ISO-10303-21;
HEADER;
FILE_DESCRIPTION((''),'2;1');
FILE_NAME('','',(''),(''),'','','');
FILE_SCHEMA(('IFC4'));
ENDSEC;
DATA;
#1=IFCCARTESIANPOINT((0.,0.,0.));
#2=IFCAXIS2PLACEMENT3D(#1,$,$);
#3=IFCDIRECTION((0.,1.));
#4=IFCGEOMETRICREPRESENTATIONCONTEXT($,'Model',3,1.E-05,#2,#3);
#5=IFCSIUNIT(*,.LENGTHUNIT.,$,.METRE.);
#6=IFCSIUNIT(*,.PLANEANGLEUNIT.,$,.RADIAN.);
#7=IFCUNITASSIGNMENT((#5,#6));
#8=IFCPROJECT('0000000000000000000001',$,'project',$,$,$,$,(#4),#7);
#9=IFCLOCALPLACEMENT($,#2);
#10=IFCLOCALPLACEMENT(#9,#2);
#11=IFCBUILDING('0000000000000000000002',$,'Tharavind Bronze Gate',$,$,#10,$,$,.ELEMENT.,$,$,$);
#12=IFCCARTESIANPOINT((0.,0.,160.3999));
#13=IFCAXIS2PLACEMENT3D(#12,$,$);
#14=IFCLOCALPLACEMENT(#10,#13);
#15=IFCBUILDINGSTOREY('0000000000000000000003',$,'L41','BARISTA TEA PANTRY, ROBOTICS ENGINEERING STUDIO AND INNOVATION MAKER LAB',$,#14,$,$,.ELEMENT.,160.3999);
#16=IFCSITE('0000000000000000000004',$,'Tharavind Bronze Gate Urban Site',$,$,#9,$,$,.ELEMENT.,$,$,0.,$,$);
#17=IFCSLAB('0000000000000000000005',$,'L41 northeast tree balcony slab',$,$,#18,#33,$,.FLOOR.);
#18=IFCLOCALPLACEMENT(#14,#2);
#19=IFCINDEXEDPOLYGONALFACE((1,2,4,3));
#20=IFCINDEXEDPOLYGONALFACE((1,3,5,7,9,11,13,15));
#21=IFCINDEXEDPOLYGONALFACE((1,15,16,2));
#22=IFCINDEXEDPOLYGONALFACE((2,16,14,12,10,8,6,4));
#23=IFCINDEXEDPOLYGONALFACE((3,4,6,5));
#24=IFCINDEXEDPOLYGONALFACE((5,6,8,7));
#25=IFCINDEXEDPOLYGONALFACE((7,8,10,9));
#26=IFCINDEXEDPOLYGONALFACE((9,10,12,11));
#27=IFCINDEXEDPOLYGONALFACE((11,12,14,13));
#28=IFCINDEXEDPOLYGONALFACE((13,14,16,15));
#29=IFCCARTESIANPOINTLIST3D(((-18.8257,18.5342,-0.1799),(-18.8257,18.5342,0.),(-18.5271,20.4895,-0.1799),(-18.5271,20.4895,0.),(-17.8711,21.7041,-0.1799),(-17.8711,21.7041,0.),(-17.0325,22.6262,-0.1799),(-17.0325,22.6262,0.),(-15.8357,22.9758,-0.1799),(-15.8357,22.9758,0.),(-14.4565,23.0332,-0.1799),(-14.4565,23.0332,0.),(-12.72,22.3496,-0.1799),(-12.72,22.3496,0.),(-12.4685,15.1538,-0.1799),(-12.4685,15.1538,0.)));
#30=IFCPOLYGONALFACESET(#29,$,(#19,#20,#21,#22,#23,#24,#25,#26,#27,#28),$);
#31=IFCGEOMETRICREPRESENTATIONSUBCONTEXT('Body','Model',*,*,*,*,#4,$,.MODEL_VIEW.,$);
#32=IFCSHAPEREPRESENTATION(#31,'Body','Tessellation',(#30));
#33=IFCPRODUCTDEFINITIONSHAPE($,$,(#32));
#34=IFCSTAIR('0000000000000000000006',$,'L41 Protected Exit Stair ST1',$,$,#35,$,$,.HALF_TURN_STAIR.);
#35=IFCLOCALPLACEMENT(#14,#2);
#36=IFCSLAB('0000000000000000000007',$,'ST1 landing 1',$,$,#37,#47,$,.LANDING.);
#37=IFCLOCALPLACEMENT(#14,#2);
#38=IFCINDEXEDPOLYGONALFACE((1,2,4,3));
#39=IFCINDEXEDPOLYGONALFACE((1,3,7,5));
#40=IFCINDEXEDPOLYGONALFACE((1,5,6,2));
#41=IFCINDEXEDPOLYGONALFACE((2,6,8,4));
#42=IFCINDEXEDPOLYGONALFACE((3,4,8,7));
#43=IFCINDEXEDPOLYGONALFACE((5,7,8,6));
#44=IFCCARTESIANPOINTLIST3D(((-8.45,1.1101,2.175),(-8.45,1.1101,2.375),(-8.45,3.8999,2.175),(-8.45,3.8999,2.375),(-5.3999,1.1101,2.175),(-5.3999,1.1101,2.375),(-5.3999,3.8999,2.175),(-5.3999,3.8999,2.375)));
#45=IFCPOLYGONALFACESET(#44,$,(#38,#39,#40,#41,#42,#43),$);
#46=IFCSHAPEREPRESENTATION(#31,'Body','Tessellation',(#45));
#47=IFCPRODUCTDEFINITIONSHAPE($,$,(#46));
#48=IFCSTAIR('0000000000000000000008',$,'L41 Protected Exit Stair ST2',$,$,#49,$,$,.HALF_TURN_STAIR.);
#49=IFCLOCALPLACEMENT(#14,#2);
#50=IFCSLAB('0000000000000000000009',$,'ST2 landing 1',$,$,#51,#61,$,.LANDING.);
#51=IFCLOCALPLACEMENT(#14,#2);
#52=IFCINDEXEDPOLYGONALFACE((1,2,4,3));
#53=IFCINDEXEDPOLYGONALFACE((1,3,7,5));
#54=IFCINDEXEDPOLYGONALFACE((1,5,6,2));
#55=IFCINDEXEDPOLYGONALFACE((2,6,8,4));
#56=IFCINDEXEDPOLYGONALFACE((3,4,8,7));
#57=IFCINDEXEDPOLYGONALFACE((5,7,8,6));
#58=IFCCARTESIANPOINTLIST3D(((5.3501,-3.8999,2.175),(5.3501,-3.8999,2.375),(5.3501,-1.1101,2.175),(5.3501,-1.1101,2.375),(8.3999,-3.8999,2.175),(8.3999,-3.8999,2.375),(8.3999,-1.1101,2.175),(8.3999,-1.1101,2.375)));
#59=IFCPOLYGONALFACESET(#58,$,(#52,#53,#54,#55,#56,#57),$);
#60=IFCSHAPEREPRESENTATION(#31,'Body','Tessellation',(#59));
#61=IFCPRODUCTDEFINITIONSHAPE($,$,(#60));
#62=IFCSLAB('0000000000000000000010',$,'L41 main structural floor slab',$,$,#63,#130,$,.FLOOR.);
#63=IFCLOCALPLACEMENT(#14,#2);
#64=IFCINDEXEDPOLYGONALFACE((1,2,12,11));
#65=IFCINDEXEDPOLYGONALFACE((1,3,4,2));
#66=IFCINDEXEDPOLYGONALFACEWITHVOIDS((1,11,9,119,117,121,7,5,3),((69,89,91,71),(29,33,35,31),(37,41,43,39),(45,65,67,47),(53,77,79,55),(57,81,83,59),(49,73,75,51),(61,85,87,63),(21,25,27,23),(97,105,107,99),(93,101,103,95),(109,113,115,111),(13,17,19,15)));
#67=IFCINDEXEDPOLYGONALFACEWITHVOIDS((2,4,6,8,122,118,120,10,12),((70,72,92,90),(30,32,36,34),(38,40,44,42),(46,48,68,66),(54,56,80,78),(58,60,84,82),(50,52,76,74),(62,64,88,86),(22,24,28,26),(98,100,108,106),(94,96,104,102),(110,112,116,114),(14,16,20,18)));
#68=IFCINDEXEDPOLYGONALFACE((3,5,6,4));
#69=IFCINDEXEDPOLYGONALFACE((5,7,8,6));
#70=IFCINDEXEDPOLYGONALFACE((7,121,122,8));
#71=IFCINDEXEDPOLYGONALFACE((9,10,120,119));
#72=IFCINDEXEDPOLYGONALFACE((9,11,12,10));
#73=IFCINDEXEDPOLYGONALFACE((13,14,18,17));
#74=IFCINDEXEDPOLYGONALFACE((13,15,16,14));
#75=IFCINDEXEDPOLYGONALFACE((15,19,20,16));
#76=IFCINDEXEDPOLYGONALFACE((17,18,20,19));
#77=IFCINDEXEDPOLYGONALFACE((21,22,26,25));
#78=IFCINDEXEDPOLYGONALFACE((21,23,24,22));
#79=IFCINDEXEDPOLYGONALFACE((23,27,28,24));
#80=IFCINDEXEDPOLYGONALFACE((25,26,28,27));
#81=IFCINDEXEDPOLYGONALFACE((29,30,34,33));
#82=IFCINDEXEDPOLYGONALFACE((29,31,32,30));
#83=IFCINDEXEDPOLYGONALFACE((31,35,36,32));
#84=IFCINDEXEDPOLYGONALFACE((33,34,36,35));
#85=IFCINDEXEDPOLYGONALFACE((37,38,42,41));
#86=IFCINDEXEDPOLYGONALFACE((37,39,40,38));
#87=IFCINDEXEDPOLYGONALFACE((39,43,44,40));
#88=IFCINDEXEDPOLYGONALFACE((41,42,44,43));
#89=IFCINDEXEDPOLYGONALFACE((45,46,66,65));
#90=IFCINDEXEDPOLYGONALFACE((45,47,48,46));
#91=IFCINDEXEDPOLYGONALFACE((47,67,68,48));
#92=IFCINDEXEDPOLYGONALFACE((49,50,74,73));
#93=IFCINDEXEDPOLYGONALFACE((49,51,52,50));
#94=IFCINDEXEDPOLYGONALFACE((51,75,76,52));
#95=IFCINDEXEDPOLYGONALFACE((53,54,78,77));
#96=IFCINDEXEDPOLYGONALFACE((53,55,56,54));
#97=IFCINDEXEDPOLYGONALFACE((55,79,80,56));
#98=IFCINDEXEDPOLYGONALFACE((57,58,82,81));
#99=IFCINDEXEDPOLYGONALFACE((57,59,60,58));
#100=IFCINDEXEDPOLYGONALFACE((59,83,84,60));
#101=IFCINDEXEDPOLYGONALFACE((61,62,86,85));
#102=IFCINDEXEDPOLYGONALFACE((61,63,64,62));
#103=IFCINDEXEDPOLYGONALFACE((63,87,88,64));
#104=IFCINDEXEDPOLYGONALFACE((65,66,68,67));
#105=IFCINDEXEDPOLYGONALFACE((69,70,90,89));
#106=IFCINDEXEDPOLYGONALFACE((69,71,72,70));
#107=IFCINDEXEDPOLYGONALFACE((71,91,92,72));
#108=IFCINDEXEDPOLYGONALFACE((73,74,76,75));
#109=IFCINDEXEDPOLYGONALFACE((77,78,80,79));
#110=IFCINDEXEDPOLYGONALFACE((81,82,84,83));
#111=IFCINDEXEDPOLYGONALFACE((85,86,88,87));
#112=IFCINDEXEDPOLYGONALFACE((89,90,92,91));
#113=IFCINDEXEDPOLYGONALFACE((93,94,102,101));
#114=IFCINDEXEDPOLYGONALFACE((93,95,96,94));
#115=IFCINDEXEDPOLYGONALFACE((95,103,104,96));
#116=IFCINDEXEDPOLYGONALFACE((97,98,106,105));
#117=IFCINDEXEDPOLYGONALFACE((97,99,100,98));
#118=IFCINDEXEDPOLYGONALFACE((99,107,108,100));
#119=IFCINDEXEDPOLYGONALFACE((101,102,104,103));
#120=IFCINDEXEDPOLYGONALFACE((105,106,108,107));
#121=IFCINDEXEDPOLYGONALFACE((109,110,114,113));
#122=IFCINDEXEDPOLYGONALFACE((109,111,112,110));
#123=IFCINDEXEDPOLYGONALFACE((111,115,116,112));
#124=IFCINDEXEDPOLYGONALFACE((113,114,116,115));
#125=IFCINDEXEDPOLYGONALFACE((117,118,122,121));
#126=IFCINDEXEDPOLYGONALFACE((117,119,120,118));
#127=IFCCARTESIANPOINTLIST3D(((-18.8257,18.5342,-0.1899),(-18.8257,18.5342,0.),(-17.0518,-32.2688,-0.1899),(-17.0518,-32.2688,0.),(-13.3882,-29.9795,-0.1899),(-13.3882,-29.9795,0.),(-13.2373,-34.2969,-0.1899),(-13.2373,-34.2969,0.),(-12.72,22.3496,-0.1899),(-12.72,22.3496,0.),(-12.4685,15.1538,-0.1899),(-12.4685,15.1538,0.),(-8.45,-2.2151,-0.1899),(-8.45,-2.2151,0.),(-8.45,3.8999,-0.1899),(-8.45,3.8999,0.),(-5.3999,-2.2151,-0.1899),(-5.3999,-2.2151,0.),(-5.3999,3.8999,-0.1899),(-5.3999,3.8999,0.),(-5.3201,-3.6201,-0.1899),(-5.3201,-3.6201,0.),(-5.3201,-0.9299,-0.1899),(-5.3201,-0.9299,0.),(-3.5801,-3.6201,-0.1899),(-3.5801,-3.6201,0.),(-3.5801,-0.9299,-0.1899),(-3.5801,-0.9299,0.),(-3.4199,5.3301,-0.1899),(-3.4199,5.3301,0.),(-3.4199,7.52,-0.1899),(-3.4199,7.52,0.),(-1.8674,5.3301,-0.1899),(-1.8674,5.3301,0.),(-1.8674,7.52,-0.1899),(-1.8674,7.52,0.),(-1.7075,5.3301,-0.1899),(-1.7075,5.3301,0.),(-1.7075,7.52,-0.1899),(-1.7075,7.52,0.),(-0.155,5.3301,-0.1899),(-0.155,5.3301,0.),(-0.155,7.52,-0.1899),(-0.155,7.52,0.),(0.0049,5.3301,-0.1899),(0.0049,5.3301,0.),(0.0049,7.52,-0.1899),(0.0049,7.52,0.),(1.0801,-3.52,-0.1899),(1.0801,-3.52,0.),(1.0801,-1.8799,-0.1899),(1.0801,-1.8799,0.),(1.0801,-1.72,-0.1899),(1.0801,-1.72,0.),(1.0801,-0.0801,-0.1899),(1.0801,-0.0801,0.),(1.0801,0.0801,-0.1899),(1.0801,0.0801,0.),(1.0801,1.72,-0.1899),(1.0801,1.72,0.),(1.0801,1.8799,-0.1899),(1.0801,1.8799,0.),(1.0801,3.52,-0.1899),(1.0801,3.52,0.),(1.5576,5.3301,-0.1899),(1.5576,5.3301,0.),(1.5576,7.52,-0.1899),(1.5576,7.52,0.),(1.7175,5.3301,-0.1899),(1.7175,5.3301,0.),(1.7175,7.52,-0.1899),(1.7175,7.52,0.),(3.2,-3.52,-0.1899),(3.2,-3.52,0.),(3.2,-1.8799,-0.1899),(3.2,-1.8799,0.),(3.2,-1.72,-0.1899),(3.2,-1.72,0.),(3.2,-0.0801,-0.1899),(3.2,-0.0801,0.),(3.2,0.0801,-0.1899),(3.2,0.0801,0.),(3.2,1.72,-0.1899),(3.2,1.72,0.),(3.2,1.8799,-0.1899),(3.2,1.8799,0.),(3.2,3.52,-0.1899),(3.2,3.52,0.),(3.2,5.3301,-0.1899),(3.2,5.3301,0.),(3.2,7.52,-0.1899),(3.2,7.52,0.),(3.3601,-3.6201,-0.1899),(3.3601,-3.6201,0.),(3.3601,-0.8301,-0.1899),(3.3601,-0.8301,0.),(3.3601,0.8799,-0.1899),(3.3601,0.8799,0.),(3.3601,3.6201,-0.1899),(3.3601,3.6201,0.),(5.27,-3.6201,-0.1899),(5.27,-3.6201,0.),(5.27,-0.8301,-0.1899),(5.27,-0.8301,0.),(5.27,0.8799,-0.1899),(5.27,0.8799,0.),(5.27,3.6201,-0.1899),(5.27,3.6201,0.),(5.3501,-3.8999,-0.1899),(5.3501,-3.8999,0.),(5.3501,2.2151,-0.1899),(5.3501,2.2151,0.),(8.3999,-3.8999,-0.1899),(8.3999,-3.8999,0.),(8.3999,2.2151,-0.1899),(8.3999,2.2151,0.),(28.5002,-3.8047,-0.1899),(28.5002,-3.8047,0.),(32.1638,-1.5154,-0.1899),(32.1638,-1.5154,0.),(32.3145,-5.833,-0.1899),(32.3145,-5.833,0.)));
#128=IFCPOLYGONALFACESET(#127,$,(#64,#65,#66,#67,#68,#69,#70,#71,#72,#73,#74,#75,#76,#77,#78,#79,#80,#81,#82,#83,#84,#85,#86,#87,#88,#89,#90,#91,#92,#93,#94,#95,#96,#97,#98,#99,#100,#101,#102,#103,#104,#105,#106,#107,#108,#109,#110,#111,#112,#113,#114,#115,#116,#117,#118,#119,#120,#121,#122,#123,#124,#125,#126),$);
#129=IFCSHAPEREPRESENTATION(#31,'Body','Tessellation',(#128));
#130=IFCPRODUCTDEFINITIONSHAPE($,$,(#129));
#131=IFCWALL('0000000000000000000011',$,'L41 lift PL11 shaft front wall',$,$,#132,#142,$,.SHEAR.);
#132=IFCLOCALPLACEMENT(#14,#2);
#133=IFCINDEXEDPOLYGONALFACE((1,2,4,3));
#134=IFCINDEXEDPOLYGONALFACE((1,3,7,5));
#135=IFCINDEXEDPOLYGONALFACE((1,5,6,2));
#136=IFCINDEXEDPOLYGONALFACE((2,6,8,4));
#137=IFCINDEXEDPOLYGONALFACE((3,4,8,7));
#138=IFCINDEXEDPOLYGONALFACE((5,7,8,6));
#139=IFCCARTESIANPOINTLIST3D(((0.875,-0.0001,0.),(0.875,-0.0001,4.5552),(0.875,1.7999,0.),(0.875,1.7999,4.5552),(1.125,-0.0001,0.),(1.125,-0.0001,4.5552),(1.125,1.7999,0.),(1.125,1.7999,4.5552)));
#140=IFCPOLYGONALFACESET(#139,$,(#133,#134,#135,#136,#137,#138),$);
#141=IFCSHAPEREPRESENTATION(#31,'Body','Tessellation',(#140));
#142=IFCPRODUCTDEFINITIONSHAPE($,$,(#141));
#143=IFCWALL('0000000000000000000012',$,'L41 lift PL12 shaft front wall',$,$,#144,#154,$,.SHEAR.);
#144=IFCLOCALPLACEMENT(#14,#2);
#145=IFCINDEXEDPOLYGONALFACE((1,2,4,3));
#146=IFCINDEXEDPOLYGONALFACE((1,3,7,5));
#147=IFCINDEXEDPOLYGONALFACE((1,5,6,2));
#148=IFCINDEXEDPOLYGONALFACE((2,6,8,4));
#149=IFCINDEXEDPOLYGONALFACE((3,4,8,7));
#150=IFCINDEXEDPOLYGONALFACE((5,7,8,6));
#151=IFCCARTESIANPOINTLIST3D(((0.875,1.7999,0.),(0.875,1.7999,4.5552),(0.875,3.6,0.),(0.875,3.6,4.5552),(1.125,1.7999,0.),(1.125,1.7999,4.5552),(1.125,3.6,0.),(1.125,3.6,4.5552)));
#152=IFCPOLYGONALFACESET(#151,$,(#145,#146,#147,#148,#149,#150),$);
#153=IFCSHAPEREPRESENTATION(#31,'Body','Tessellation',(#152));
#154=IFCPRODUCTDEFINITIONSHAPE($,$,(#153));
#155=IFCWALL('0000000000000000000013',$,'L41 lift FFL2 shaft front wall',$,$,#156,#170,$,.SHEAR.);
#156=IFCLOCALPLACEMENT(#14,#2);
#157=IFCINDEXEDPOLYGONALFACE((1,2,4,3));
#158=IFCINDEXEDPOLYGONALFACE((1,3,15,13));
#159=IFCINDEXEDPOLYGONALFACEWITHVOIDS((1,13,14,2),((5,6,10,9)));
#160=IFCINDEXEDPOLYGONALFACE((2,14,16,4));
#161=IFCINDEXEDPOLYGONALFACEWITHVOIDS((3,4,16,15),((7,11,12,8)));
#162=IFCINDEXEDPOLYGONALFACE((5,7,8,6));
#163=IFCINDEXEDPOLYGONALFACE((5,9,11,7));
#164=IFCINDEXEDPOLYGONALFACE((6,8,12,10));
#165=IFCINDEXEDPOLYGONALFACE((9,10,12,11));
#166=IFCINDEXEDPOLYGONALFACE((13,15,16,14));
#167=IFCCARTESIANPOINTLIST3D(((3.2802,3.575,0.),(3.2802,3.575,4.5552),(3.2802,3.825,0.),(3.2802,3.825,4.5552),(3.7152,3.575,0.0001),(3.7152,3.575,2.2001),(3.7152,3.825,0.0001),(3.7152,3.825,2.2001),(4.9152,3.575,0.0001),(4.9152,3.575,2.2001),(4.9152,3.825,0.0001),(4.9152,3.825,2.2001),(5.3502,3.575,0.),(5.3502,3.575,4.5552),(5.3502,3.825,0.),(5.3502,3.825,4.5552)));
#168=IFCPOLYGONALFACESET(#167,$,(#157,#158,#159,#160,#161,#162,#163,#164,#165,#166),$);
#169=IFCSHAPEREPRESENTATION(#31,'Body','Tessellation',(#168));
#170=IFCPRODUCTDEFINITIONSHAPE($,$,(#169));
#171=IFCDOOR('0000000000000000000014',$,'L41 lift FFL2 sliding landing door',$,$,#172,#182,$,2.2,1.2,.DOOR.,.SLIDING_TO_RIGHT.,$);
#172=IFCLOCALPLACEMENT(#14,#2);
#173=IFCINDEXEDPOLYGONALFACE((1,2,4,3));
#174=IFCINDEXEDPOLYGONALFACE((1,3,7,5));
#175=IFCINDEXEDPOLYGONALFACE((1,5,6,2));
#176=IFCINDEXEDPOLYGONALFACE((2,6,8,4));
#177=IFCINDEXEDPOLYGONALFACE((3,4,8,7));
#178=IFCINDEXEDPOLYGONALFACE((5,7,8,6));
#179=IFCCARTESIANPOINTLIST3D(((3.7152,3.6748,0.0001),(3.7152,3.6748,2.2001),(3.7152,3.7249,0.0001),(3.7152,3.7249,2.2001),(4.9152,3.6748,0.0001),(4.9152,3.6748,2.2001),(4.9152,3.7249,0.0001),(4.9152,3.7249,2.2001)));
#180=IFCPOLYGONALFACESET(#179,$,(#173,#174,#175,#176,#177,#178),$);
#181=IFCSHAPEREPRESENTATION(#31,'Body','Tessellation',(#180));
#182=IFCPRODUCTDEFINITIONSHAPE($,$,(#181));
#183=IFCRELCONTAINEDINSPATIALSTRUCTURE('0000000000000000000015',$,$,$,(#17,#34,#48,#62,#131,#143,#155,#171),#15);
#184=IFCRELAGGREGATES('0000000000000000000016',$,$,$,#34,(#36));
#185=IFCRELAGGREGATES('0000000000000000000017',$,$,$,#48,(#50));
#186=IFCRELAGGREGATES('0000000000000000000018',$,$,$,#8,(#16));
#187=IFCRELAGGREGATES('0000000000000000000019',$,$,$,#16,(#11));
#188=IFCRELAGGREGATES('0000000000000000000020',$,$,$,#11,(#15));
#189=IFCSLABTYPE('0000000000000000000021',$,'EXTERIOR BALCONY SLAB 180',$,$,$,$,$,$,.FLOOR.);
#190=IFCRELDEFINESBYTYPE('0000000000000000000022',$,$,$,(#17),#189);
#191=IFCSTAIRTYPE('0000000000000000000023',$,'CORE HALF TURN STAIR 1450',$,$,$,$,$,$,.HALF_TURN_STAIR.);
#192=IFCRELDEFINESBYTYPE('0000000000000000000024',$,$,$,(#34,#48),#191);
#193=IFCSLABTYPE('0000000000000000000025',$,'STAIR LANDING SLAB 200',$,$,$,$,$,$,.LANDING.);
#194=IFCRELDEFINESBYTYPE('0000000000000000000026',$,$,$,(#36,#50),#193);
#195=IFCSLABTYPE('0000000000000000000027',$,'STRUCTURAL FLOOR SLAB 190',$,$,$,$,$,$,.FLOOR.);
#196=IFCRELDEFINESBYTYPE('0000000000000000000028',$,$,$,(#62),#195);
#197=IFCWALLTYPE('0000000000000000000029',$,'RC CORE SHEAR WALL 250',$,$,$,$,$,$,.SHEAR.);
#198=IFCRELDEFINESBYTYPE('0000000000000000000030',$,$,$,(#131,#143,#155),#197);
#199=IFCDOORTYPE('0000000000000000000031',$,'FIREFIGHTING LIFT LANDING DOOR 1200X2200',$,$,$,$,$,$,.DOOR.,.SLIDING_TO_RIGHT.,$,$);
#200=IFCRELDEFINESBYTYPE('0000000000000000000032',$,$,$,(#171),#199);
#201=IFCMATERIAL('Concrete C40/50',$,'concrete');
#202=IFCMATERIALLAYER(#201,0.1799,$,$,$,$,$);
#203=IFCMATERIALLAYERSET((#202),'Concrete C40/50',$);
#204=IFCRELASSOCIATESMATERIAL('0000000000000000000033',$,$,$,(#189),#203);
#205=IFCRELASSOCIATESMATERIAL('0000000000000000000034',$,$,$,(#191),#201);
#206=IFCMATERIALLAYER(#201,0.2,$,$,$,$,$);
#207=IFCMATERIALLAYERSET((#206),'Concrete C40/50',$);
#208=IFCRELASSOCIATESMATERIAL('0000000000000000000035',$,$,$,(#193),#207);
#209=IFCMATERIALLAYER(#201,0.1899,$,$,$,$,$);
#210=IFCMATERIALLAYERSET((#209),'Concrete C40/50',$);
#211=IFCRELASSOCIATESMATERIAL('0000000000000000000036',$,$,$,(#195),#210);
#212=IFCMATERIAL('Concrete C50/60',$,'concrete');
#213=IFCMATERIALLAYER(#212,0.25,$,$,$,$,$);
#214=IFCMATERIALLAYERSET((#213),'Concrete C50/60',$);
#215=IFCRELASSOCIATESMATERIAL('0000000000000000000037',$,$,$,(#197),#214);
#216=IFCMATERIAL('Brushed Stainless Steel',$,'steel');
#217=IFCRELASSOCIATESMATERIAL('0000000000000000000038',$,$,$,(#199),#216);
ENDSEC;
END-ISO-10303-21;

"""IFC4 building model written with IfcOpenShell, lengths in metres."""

from ifc_helpers import new_model, si_unit, direction, frame, frame_2d, origin, place, context, subcontext, project, spatial, polyline, rectangle, outline, extrude, material, layer, layer_set, type_object, element, fill, aggregate, save


model = new_model("IFC4")

# Units and contexts
model_context = context("Model", 3, precision=1e-05, world=origin(), true_north=direction((0.0, 1.0)))
body_context = subcontext(model_context, "Body", "Model", "MODEL_VIEW")
ifc_project = project(units=[si_unit("LENGTHUNIT", "METRE"), si_unit("PLANEANGLEUNIT", "RADIAN")], contexts=[model_context])

# Site, building, storey
site_placement = place(None, origin())
site = spatial("IfcSite", under=ifc_project, at=site_placement, Name="Tharavind Bronze Gate Urban Site", CompositionType="ELEMENT", RefElevation=0.0)
building_placement = place(site_placement, origin())
building = spatial("IfcBuilding", under=site, at=building_placement, Name="Tharavind Bronze Gate", CompositionType="ELEMENT")
storey_placement = place(building_placement, frame((0.0, 0.0, 160.3999)))
storey = spatial("IfcBuildingStorey", under=building, at=storey_placement, Name="L41", Description="BARISTA TEA PANTRY, ROBOTICS ENGINEERING STUDIO AND INNOVATION MAKER LAB", CompositionType="ELEMENT", Elevation=160.3999)

# Slab
ifc_material_1 = material(Name="Concrete C40/50", Category="concrete")
ifc_layer_1 = layer(ifc_material_1, 0.1799)
ifc_layer_set_1 = layer_set([ifc_layer_1], Name="Concrete C40/50")
slab_type_1 = type_object("IfcSlabType", Name="EXTERIOR BALCONY SLAB 180", PredefinedType="FLOOR", material=ifc_layer_set_1)
slab_1_placement = place(storey_placement, frame((0.0, 0.0, -0.1799)))
element("IfcSlab", 1, at=slab_1_placement, inside=storey, type_object=slab_type_1, Name="L41 northeast tree balcony slab", PredefinedType="FLOOR", context=body_context, shape_type="SweptSolid", body=[
    extrude(outline(polyline([(-14.4565, 23.0332), (-15.8357, 22.9758), (-17.0325, 22.6262), (-17.8711, 21.7041), (-18.5271, 20.4895), (-18.8257, 18.5342), (-12.4685, 15.1538), (-12.72, 22.3496), (-14.4565, 23.0332)])), origin(), (0.0, 0.0, 1.0), 0.1799),
])

# Stairs, slabs
stair_type = type_object("IfcStairType", Name="CORE HALF TURN STAIR 1450", PredefinedType="HALF_TURN_STAIR", material=ifc_material_1)
stair_1_placement = place(storey_placement, origin())
stair_1 = element("IfcStair", 2, at=stair_1_placement, inside=storey, type_object=stair_type, Name="L41 Protected Exit Stair ST1", PredefinedType="HALF_TURN_STAIR")
ifc_layer_2 = layer(ifc_material_1, 0.2)
ifc_layer_set_2 = layer_set([ifc_layer_2], Name="Concrete C40/50")
slab_type_2 = type_object("IfcSlabType", Name="STAIR LANDING SLAB 200", PredefinedType="LANDING", material=ifc_layer_set_2)
slab_2_placement = place(storey_placement, frame((0.0, 0.0, 2.175)))
slab_2 = element("IfcSlab", 3, at=slab_2_placement, type_object=slab_type_2, Name="ST1 landing 1", PredefinedType="LANDING", context=body_context, shape_type="SweptSolid", body=[
    extrude(outline(polyline([(-5.3999, 1.1101), (-5.3999, 3.8999), (-8.45, 3.8999), (-8.45, 1.1101), (-5.3999, 1.1101)])), origin(), (0.0, 0.0, 1.0), 0.2),
])
aggregate(stair_1, [slab_2])
stair_2_placement = place(storey_placement, origin())
stair_2 = element("IfcStair", 4, at=stair_2_placement, inside=storey, type_object=stair_type, Name="L41 Protected Exit Stair ST2", PredefinedType="HALF_TURN_STAIR")
slab_3_placement = place(storey_placement, frame((0.0, 0.0, 2.175)))
slab_3 = element("IfcSlab", 5, at=slab_3_placement, type_object=slab_type_2, Name="ST2 landing 1", PredefinedType="LANDING", context=body_context, shape_type="SweptSolid", body=[
    extrude(outline(polyline([(5.3501, -1.1101), (5.3501, -3.8999), (8.3999, -3.8999), (8.3999, -1.1101), (5.3501, -1.1101)])), origin(), (0.0, 0.0, 1.0), 0.2),
])
aggregate(stair_2, [slab_3])

# Slab
ifc_layer_3 = layer(ifc_material_1, 0.1899)
ifc_layer_set_3 = layer_set([ifc_layer_3], Name="Concrete C40/50")
slab_type_3 = type_object("IfcSlabType", Name="STRUCTURAL FLOOR SLAB 190", PredefinedType="FLOOR", material=ifc_layer_set_3)
slab_4_placement = place(storey_placement, frame((0.0, 0.0, -0.1899)))
element("IfcSlab", 6, at=slab_4_placement, inside=storey, type_object=slab_type_3, Name="L41 main structural floor slab", PredefinedType="FLOOR", context=body_context, shape_type="SweptSolid", body=[
    extrude(outline(polyline([(-12.72, 22.3496), (-12.4685, 15.1538), (-18.8257, 18.5342), (-17.0518, -32.2688), (-13.3882, -29.9795), (-13.2373, -34.2969), (32.3145, -5.833), (28.5002, -3.8047), (32.1638, -1.5154), (-12.72, 22.3496)]), holes=[polyline([(-5.3999, -2.2151), (-5.3999, 3.8999), (-8.45, 3.8999), (-8.45, -2.2151), (-5.3999, -2.2151)]), polyline([(5.3501, 2.2151), (5.3501, -3.8999), (8.3999, -3.8999), (8.3999, 2.2151), (5.3501, 2.2151)]), polyline([(-3.4199, 5.3301), (-1.8674, 5.3301), (-1.8674, 7.52), (-3.4199, 7.52), (-3.4199, 5.3301)]), polyline([(-1.7075, 5.3301), (-0.155, 5.3301), (-0.155, 7.52), (-1.7075, 7.52), (-1.7075, 5.3301)]), polyline([(0.0049, 5.3301), (1.5576, 5.3301), (1.5576, 7.52), (0.0049, 7.52), (0.0049, 5.3301)]), polyline([(1.7175, 5.3301), (3.2, 5.3301), (3.2, 7.52), (1.7175, 7.52), (1.7175, 5.3301)]), polyline([(1.0801, -3.52), (3.2, -3.52), (3.2, -1.8799), (1.0801, -1.8799), (1.0801, -3.52)]), polyline([(1.0801, -1.72), (3.2, -1.72), (3.2, -0.0801), (1.0801, -0.0801), (1.0801, -1.72)]), polyline([(1.0801, 0.0801), (3.2, 0.0801), (3.2, 1.72), (1.0801, 1.72), (1.0801, 0.0801)]), polyline([(1.0801, 1.8799), (3.2, 1.8799), (3.2, 3.52), (1.0801, 3.52), (1.0801, 1.8799)]), polyline([(-5.3201, -3.6201), (-3.5801, -3.6201), (-3.5801, -0.9299), (-5.3201, -0.9299), (-5.3201, -3.6201)]), polyline([(3.3601, 0.8799), (5.27, 0.8799), (5.27, 3.6201), (3.3601, 3.6201), (3.3601, 0.8799)]), polyline([(3.3601, -3.6201), (5.27, -3.6201), (5.27, -0.8301), (3.3601, -0.8301), (3.3601, -3.6201)])]), origin(), (0.0, 0.0, 1.0), 0.1899),
])

# Walls
ifc_material_2 = material(Name="Concrete C50/60", Category="concrete")
ifc_layer_4 = layer(ifc_material_2, 0.25)
ifc_layer_set_4 = layer_set([ifc_layer_4], Name="Concrete C50/60")
wall_type_1 = type_object("IfcWallType", Name="RC CORE SHEAR WALL 250", PredefinedType="SHEAR", material=ifc_layer_set_4)
for number, where, z_axis, x_axis, name in (
    (7, (1.0, 0.0, 0.0), (0.0, 0.0, 1.0), (0.0, 1.0, 0.0), "L41 lift PL11 shaft front wall"),
    (8, (1.0, 1.8, 0.0), (0.0, 0.0, 1.0), (0.0, 1.0, 0.0), "L41 lift PL12 shaft front wall"),
):
    element("IfcWall", number, at=place(storey_placement, frame(where, z_axis=z_axis, x_axis=x_axis)), inside=storey, type_object=wall_type_1, Name=name, PredefinedType="SHEAR", context=body_context, shape_type="SweptSolid", body=[
        extrude(rectangle(XDim=1.8, YDim=0.25, at=frame_2d((0.8999, 0.0))), origin(), (0.0, 0.0, 1.0), 4.5552),
    ])

# Wall, opening, door
wall_1_placement = place(storey_placement, frame((3.28, 3.7, 0.0), z_axis=(0.0, 0.0, 1.0), x_axis=(1.0, 0.0, 0.0)))
wall_1 = element("IfcWall", 9, at=wall_1_placement, inside=storey, type_object=wall_type_1, Name="L41 lift FFL2 shaft front wall", PredefinedType="SHEAR", context=body_context, shape_type="SweptSolid", body=[
    extrude(rectangle(XDim=2.0701, YDim=0.25, at=frame_2d((1.0352, 0.0))), origin(), (0.0, 0.0, 1.0), 4.5552),
])
opening_placement = place(wall_1_placement, frame((0.4351, 0.0, 0.0)))
opening = element("IfcOpeningElement", 10, at=opening_placement, cuts=wall_1, PredefinedType="OPENING", context=body_context, shape_type="SweptSolid", body=[
    extrude(rectangle(XDim=1.2, YDim=2.2, at=frame_2d((0.6001, 1.1001))), frame((0.0, 0.135, 0.0), z_axis=(0.0, -1.0, 0.0), x_axis=(1.0, 0.0, 0.0)), (0.0, 0.0, 1.0), 0.27),
])
ifc_material_3 = material(Name="Brushed Stainless Steel", Category="steel")
door_type = type_object("IfcDoorType", Name="FIREFIGHTING LIFT LANDING DOOR 1200X2200", OperationType="SLIDING_TO_RIGHT", PredefinedType="DOOR", material=ifc_material_3)
door_placement = place(opening_placement, origin())
door = element("IfcDoor", 11, at=door_placement, inside=storey, type_object=door_type, Name="L41 lift FFL2 sliding landing door", OperationType="SLIDING_TO_RIGHT", OverallHeight=2.2, OverallWidth=1.2, PredefinedType="DOOR", context=body_context, shape_type="SweptSolid", body=[
    extrude(rectangle(XDim=1.2, YDim=2.2, at=frame_2d((0.6001, 1.1001))), frame((0.0, 0.0249, 0.0), z_axis=(0.0, -1.0, 0.0), x_axis=(1.0, 0.0, 0.0)), (0.0, 0.0, 1.0), 0.05),
])
fill(opening, door)

save(model, "model.ifc")
